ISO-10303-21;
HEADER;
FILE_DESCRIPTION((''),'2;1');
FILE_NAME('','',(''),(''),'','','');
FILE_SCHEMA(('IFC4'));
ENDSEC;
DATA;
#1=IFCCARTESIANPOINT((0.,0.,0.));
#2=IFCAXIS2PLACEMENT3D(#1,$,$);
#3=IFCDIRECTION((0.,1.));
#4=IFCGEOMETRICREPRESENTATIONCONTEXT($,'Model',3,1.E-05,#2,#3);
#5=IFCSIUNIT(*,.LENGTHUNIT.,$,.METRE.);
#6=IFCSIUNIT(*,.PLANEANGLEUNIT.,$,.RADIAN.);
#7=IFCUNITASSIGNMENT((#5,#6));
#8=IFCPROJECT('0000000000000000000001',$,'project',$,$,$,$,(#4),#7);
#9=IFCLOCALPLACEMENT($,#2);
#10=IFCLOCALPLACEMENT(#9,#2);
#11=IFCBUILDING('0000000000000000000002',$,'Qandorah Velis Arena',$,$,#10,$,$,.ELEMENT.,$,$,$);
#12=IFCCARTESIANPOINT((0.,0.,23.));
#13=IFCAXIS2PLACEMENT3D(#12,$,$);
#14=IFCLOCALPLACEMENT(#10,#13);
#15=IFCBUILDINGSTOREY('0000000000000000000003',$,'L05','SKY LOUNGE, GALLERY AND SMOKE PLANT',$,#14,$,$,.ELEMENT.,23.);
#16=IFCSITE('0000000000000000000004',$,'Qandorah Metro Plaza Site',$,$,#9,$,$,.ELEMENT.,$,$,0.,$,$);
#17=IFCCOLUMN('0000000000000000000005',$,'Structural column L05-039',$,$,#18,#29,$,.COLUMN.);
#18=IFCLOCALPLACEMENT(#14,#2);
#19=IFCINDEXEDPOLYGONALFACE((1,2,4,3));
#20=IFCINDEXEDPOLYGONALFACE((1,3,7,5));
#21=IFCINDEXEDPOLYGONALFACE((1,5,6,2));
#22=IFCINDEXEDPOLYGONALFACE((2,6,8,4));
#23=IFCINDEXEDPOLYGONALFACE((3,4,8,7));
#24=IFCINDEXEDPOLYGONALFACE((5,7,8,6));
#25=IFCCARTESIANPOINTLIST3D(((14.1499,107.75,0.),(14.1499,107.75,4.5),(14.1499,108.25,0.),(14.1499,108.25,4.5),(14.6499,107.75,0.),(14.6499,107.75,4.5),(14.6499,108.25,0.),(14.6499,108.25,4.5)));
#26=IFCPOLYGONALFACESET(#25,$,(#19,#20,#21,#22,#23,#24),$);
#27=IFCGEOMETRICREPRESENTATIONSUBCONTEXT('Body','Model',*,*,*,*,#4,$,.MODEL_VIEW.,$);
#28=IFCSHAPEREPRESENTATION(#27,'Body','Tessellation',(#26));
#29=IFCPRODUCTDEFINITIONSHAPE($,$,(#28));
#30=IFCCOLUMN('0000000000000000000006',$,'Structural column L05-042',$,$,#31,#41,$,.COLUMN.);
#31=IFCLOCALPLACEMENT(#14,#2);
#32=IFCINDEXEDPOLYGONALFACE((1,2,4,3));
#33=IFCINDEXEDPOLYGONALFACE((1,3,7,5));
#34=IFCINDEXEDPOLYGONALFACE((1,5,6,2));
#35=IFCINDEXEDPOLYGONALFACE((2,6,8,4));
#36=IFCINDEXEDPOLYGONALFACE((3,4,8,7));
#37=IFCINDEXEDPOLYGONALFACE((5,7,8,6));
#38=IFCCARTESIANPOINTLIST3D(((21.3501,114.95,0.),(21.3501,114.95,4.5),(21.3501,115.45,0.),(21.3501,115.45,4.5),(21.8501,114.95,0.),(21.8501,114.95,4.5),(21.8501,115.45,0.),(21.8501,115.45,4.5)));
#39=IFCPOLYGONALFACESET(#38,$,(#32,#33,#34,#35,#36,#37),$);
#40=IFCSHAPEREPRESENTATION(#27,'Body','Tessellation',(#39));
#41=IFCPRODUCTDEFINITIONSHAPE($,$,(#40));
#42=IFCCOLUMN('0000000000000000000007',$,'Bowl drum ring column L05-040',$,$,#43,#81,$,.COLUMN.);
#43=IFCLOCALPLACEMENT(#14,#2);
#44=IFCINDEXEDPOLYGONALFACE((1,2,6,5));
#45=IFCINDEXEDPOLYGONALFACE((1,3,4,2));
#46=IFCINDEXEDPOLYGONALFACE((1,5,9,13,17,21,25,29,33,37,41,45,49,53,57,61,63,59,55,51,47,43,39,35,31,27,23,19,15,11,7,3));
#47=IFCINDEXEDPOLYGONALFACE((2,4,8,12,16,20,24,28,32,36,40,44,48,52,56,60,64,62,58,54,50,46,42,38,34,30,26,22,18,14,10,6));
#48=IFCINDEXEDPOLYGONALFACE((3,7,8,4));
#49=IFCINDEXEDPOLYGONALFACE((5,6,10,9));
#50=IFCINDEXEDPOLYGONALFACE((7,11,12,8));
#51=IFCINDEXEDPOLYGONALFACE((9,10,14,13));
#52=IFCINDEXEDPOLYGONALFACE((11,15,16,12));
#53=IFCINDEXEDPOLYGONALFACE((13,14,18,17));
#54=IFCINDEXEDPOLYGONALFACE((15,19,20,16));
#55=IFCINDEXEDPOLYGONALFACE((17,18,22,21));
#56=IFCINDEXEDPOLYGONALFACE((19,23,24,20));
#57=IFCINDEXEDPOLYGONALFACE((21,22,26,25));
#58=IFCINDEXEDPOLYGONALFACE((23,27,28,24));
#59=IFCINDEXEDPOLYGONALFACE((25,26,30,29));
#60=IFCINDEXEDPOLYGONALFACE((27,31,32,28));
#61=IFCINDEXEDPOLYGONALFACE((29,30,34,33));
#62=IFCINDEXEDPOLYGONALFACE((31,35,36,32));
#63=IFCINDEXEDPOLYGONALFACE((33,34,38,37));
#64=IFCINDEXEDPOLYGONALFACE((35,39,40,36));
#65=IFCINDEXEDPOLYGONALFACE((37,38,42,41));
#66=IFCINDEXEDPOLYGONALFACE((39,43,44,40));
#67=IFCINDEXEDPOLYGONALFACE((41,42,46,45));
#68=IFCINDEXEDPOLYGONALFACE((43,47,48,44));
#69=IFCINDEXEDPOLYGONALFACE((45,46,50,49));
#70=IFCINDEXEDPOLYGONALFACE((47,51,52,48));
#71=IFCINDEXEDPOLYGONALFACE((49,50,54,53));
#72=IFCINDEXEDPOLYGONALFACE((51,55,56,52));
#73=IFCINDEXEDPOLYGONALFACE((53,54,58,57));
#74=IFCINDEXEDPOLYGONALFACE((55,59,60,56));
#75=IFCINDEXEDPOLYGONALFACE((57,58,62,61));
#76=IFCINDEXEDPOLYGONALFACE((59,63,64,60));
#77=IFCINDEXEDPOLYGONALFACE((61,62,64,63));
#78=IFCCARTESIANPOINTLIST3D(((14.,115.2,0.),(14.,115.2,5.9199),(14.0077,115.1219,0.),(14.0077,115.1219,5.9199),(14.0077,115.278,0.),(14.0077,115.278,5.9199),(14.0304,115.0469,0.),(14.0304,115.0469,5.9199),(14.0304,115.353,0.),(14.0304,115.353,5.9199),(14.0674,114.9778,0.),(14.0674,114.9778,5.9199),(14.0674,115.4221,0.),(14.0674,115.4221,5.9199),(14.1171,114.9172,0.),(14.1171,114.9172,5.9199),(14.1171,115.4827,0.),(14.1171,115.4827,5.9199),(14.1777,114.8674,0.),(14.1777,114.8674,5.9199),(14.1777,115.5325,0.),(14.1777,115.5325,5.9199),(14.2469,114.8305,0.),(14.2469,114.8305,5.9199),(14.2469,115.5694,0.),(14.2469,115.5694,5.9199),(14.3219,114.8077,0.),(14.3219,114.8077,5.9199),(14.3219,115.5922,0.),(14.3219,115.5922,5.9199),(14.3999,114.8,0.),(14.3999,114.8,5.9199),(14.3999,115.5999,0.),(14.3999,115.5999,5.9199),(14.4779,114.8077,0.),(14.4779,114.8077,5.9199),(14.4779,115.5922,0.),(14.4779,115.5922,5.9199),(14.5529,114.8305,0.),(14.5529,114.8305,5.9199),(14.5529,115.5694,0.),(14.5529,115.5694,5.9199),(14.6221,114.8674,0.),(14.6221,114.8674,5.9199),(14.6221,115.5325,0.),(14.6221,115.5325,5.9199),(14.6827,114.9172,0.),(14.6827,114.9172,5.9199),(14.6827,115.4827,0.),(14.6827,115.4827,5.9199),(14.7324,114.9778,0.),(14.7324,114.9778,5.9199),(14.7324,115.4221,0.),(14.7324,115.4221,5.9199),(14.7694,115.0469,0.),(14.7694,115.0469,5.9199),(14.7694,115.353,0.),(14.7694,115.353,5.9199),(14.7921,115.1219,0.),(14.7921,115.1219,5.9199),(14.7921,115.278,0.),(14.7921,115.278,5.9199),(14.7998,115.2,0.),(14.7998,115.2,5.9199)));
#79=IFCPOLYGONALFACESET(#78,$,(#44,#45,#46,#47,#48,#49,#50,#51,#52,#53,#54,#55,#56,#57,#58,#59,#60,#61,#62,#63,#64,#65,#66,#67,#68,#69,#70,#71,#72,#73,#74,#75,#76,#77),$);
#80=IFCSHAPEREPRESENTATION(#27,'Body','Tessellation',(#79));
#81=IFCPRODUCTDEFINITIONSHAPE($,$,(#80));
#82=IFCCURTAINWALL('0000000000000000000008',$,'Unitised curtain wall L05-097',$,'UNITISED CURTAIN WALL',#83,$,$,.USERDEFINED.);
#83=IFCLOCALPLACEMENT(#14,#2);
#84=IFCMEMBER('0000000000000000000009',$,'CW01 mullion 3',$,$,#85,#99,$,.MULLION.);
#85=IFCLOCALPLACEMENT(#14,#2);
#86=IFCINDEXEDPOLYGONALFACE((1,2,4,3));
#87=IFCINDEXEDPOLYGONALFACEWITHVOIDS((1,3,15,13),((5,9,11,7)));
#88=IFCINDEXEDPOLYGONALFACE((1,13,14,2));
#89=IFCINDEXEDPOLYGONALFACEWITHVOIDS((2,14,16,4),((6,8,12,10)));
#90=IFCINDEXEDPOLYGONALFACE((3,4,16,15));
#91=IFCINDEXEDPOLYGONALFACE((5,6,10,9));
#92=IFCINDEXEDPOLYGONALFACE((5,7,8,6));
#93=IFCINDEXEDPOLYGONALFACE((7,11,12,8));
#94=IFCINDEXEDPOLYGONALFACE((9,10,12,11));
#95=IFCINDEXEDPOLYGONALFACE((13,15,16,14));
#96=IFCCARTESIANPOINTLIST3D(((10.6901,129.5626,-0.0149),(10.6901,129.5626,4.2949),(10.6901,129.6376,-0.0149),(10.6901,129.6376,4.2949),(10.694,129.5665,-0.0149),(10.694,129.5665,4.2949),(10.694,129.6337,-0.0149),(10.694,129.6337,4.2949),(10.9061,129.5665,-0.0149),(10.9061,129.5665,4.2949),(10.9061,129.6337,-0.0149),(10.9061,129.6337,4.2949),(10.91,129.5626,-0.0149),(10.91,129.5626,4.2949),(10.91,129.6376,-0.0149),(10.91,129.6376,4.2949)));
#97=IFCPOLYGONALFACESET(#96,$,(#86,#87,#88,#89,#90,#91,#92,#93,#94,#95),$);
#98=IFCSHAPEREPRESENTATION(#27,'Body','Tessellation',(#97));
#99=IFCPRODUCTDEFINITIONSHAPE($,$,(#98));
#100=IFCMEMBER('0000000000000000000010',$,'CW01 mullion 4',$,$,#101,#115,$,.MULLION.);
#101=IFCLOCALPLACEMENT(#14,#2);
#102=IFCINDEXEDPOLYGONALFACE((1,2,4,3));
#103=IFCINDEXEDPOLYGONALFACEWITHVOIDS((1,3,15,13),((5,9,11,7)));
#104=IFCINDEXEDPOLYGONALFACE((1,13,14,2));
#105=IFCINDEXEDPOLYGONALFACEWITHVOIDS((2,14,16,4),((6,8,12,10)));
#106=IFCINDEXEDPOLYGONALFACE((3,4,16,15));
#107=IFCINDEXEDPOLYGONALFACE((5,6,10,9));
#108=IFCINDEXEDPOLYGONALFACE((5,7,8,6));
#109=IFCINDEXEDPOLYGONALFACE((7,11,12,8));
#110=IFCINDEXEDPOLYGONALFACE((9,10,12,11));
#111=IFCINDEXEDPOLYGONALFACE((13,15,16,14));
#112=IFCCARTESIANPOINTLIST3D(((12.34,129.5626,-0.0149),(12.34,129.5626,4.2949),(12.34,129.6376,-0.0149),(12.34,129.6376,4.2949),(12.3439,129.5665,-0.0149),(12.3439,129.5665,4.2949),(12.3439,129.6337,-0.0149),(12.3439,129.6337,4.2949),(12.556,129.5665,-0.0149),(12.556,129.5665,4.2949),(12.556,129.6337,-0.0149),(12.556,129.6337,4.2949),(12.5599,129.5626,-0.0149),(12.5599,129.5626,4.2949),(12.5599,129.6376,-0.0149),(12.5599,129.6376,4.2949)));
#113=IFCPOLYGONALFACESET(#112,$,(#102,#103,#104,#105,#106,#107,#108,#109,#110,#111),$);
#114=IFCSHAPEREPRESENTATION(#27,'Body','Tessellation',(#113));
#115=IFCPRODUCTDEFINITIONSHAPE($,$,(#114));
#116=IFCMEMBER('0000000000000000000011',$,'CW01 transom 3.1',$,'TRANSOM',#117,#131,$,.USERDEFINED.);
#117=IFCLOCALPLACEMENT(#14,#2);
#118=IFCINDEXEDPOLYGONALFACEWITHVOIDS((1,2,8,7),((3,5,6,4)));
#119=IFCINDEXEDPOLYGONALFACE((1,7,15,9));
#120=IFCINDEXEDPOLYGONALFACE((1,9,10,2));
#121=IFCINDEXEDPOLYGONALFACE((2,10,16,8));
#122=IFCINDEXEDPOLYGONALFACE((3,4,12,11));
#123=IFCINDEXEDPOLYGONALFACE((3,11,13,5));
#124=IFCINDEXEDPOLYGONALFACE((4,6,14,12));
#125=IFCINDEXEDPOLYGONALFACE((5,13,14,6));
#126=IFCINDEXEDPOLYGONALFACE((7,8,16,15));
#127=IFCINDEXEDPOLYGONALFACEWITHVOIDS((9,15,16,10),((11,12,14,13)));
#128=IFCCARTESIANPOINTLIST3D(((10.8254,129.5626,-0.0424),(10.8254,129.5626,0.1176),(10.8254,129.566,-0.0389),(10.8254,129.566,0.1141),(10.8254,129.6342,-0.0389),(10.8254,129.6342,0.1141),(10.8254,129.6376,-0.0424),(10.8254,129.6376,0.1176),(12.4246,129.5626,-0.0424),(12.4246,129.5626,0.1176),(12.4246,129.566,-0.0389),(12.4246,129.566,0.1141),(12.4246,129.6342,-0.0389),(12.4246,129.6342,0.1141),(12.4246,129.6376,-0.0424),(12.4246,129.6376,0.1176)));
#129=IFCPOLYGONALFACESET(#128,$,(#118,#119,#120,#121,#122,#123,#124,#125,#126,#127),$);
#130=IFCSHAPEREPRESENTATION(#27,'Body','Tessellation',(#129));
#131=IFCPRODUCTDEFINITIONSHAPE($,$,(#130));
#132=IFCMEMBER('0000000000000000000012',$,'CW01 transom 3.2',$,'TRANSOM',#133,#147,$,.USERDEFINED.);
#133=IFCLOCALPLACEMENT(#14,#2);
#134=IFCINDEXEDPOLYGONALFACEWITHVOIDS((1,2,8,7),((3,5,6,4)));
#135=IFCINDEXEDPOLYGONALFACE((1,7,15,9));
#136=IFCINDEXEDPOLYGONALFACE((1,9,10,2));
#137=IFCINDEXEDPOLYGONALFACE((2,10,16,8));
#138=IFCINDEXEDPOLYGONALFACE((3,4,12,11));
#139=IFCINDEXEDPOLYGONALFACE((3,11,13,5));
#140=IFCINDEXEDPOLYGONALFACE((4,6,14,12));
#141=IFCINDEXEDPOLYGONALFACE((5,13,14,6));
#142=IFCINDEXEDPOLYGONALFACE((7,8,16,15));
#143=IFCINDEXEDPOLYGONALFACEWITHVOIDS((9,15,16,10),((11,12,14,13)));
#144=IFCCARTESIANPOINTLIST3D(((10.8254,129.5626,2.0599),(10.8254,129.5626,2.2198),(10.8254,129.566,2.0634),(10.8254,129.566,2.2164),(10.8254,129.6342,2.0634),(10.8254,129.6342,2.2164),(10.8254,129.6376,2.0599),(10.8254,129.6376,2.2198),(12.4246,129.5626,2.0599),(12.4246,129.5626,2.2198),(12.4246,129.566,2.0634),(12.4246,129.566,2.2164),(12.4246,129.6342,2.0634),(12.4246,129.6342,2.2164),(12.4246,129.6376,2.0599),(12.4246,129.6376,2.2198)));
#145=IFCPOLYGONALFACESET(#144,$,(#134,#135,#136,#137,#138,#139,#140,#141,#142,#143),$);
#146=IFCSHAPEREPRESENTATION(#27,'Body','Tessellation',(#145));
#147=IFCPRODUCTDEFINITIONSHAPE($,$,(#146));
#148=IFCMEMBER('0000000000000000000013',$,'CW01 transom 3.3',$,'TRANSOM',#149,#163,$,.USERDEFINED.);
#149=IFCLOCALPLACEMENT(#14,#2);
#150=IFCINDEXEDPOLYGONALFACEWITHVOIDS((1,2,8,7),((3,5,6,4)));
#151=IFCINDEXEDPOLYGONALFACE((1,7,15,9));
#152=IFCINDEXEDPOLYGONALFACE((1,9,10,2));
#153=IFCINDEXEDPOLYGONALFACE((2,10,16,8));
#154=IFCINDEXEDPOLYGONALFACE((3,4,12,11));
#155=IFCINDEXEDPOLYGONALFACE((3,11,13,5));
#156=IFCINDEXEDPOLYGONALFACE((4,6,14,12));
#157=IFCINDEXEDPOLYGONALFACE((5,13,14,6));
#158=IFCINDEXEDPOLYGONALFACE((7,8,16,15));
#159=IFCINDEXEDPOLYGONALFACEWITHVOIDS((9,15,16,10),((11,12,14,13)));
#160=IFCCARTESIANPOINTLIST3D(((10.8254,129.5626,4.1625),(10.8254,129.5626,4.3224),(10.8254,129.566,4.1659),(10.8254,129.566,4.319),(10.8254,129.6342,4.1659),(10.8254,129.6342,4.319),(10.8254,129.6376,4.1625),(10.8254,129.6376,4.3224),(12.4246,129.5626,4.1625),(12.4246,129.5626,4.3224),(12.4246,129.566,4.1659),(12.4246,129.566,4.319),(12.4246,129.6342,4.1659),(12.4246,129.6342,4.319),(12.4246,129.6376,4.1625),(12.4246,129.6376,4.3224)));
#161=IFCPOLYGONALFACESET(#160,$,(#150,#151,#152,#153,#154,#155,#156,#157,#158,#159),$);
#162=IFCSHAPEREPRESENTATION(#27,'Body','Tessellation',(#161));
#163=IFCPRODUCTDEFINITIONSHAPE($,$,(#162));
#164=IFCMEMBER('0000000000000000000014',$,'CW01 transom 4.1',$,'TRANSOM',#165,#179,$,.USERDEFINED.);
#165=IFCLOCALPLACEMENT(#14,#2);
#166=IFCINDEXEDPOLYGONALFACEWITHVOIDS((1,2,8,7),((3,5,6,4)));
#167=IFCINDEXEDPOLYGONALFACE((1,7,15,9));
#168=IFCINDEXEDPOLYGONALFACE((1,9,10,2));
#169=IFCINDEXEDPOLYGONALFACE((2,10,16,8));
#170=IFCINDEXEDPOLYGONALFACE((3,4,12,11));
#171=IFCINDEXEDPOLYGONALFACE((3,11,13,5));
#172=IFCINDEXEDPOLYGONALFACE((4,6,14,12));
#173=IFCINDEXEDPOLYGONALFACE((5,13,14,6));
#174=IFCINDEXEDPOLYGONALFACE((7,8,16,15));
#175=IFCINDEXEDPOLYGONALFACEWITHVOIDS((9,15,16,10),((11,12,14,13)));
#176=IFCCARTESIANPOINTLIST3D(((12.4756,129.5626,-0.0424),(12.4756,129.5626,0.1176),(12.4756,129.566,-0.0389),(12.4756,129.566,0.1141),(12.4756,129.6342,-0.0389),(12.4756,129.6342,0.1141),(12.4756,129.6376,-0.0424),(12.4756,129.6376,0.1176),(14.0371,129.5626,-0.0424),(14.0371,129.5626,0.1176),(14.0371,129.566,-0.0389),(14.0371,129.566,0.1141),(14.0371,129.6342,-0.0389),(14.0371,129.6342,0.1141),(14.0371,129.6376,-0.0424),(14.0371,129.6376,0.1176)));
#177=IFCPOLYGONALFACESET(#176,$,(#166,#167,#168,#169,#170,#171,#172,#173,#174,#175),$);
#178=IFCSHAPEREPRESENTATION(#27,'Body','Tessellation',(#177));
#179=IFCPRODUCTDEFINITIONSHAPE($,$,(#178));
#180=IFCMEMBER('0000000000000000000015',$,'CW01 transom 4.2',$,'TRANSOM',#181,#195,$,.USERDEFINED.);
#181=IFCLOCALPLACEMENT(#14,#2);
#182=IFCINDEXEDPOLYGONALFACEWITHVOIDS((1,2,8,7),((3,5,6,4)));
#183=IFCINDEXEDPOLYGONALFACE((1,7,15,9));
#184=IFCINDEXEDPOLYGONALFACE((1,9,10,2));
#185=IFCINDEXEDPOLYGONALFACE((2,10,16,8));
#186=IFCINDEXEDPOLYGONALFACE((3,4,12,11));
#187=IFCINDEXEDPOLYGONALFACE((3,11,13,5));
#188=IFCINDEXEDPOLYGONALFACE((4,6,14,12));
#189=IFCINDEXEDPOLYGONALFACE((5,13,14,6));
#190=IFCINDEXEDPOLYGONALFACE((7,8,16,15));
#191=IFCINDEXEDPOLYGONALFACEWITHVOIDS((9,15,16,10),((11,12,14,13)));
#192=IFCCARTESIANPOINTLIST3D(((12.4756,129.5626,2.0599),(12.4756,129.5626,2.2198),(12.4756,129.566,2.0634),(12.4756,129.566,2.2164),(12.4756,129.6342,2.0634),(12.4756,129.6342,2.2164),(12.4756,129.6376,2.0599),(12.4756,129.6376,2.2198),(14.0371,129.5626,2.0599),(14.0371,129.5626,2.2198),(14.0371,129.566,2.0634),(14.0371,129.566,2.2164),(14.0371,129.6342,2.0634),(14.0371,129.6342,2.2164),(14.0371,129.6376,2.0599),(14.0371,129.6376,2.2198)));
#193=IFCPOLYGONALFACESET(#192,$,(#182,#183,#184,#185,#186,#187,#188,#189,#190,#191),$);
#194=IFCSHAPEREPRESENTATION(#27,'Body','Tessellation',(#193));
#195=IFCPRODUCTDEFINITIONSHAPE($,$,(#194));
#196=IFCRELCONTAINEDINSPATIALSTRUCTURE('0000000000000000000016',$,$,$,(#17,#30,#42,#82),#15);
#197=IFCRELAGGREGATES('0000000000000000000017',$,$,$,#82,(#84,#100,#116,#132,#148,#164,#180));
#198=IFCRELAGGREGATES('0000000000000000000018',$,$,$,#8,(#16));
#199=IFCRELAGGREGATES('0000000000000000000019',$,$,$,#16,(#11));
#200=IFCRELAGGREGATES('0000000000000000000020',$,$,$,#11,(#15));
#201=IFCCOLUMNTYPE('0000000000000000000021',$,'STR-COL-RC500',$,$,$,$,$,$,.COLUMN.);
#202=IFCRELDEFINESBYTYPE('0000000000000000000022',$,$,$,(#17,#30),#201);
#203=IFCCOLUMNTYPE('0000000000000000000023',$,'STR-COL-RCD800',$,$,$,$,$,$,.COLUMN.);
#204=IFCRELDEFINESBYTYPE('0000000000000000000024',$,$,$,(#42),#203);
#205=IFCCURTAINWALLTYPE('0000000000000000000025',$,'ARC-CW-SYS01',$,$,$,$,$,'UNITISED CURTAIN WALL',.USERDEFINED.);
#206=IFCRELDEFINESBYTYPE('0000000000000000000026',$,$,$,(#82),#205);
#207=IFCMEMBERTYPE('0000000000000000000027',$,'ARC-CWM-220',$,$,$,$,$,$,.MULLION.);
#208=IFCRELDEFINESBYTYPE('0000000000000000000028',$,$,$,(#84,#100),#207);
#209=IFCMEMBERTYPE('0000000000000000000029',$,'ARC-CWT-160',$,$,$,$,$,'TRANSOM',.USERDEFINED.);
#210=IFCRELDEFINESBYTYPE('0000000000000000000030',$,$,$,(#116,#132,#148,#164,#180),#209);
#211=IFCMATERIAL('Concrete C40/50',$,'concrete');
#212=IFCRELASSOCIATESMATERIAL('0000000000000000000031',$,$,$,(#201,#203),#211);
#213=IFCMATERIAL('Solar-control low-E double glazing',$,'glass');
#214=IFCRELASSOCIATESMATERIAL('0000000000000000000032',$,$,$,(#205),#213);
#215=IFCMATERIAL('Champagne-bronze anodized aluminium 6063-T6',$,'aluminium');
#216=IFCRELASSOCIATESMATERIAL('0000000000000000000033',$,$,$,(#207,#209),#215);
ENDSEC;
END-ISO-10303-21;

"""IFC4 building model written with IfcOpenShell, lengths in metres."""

from ifc_helpers import new_model, si_unit, direction, frame, origin, origin_2d, place, context, subcontext, project, spatial, rectangle, hollow_rectangle, circle, extrude, material, material_profile, profile_set, type_object, element, aggregate, save


model = new_model("IFC4")

# Units and contexts
model_context = context("Model", 3, precision=1e-05, world=origin(), true_north=direction((0.0, 1.0)))
body_context = subcontext(model_context, "Body", "Model", "MODEL_VIEW")
ifc_project = project(units=[si_unit("LENGTHUNIT", "METRE"), si_unit("PLANEANGLEUNIT", "RADIAN")], contexts=[model_context])

# Site, building, storey
site_placement = place(None, origin())
site = spatial("IfcSite", under=ifc_project, at=site_placement, Name="Qandorah Metro Plaza Site", CompositionType="ELEMENT", RefElevation=0.0)
building_placement = place(site_placement, origin())
building = spatial("IfcBuilding", under=site, at=building_placement, Name="Qandorah Velis Arena", CompositionType="ELEMENT")
storey_placement = place(building_placement, frame((0.0, 0.0, 23.0)))
storey = spatial("IfcBuildingStorey", under=building, at=storey_placement, Name="L05", Description="SKY LOUNGE, GALLERY AND SMOKE PLANT", CompositionType="ELEMENT", Elevation=23.0)

# Columns
ifc_material_1 = material(Name="Concrete C40/50", Category="concrete")
ifc_material_profile_1 = material_profile(ifc_material_1, rectangle(XDim=0.5, YDim=0.5, at=origin_2d()), Name="RC COL 500x500")
ifc_profile_set_1 = profile_set([ifc_material_profile_1], Name="Concrete C40/50")
column_type_1 = type_object("IfcColumnType", Name="STR-COL-RC500", PredefinedType="COLUMN", material=ifc_profile_set_1)
for number, where, z_axis, x_axis, name in (
    (1, (14.3999, 108.0, 0.0), (0.0, 0.0, 1.0), (1.0, 0.0, 0.0), "Structural column L05-039"),
    (2, (21.6001, 115.2, 0.0), (0.0, 0.0, 1.0), (1.0, 0.0, 0.0), "Structural column L05-042"),
):
    element("IfcColumn", number, at=place(storey_placement, frame(where, z_axis=z_axis, x_axis=x_axis)), inside=storey, type_object=column_type_1, Name=name, PredefinedType="COLUMN", context=body_context, shape_type="SweptSolid", body=[
        extrude(rectangle(XDim=0.5, YDim=0.5, at=origin_2d()), origin(), (0.0, 0.0, 1.0), 4.5),
    ])
ifc_material_profile_2 = material_profile(ifc_material_1, circle(Radius=0.3999, at=origin_2d()), Name="RC D800")
ifc_profile_set_2 = profile_set([ifc_material_profile_2], Name="Concrete C40/50")
column_type_2 = type_object("IfcColumnType", Name="STR-COL-RCD800", PredefinedType="COLUMN", material=ifc_profile_set_2)
column_placement = place(storey_placement, frame((14.3999, 115.2, 0.0), z_axis=(0.0, 0.0, 1.0), x_axis=(1.0, 0.0, 0.0)))
element("IfcColumn", 3, at=column_placement, inside=storey, type_object=column_type_2, Name="Bowl drum ring column L05-040", PredefinedType="COLUMN", context=body_context, shape_type="SweptSolid", body=[
    extrude(circle(Radius=0.3999, at=origin_2d()), origin(), (0.0, 0.0, 1.0), 5.9199),
])

# Curtain wall, members
ifc_material_2 = material(Name="Solar-control low-E double glazing", Category="glass")
curtain_wall_type = type_object("IfcCurtainWallType", Name="ARC-CW-SYS01", ElementType="UNITISED CURTAIN WALL", PredefinedType="USERDEFINED", material=ifc_material_2)
curtain_wall_placement = place(storey_placement, origin())
curtain_wall = element("IfcCurtainWall", 4, at=curtain_wall_placement, inside=storey, type_object=curtain_wall_type, Name="Unitised curtain wall L05-097", ObjectType="UNITISED CURTAIN WALL", PredefinedType="USERDEFINED")
ifc_material_3 = material(Name="Champagne-bronze anodized aluminium 6063-T6", Category="aluminium")
ifc_material_profile_3 = material_profile(ifc_material_3, hollow_rectangle(XDim=0.075, YDim=0.22, WallThickness=0.0039, at=origin_2d()), Name="ALU MULLION 75x220")
ifc_profile_set_3 = profile_set([ifc_material_profile_3], Name="Champagne-bronze anodized aluminium 6063-T6")
member_type_1 = type_object("IfcMemberType", Name="ARC-CWM-220", PredefinedType="MULLION", material=ifc_profile_set_3)
member_1_placement = place(storey_placement, frame((10.8, 129.6001, -0.0149), z_axis=(0.0, 0.0, 1.0), x_axis=(0.0, 1.0, 0.0)))
member_1 = element("IfcMember", 5, at=member_1_placement, type_object=member_type_1, Name="CW01 mullion 3", PredefinedType="MULLION", context=body_context, shape_type="SweptSolid", body=[
    extrude(hollow_rectangle(XDim=0.075, YDim=0.22, WallThickness=0.0039, at=origin_2d()), origin(), (0.0, 0.0, 1.0), 4.3098),
])
member_2_placement = place(storey_placement, frame((12.45, 129.6001, -0.0149), z_axis=(0.0, 0.0, 1.0), x_axis=(0.0, 1.0, 0.0)))
member_2 = element("IfcMember", 6, at=member_2_placement, type_object=member_type_1, Name="CW01 mullion 4", PredefinedType="MULLION", context=body_context, shape_type="SweptSolid", body=[
    extrude(hollow_rectangle(XDim=0.075, YDim=0.22, WallThickness=0.0039, at=origin_2d()), origin(), (0.0, 0.0, 1.0), 4.3098),
])
ifc_material_profile_4 = material_profile(ifc_material_3, hollow_rectangle(XDim=0.075, YDim=0.1599, WallThickness=0.0034, at=origin_2d()), Name="ALU TRANSOM 75x160")
ifc_profile_set_4 = profile_set([ifc_material_profile_4], Name="Champagne-bronze anodized aluminium 6063-T6")
member_type_2 = type_object("IfcMemberType", Name="ARC-CWT-160", ElementType="TRANSOM", PredefinedType="USERDEFINED", material=ifc_profile_set_4)
member_3_placement = place(storey_placement, frame((10.8254, 129.6001, 0.0376), z_axis=(1.0, 0.0, 0.0), x_axis=(0.0, 1.0, 0.0)))
member_3 = element("IfcMember", 7, at=member_3_placement, type_object=member_type_2, Name="CW01 transom 3.1", ObjectType="TRANSOM", PredefinedType="USERDEFINED", context=body_context, shape_type="SweptSolid", body=[
    extrude(hollow_rectangle(XDim=0.075, YDim=0.1599, WallThickness=0.0034, at=origin_2d()), origin(), (0.0, 0.0, 1.0), 1.5991),
])
member_4_placement = place(storey_placement, frame((10.8254, 129.6001, 2.1399), z_axis=(1.0, 0.0, 0.0), x_axis=(0.0, 1.0, 0.0)))
member_4 = element("IfcMember", 8, at=member_4_placement, type_object=member_type_2, Name="CW01 transom 3.2", ObjectType="TRANSOM", PredefinedType="USERDEFINED", context=body_context, shape_type="SweptSolid", body=[
    extrude(hollow_rectangle(XDim=0.075, YDim=0.1599, WallThickness=0.0034, at=origin_2d()), origin(), (0.0, 0.0, 1.0), 1.5991),
])
member_5_placement = place(storey_placement, frame((10.8254, 129.6001, 4.2424), z_axis=(1.0, 0.0, 0.0), x_axis=(0.0, 1.0, 0.0)))
member_5 = element("IfcMember", 9, at=member_5_placement, type_object=member_type_2, Name="CW01 transom 3.3", ObjectType="TRANSOM", PredefinedType="USERDEFINED", context=body_context, shape_type="SweptSolid", body=[
    extrude(hollow_rectangle(XDim=0.075, YDim=0.1599, WallThickness=0.0034, at=origin_2d()), origin(), (0.0, 0.0, 1.0), 1.5991),
])
member_6_placement = place(storey_placement, frame((12.4756, 129.6001, 0.0376), z_axis=(1.0, 0.0, 0.0), x_axis=(0.0, 1.0, 0.0)))
member_6 = element("IfcMember", 10, at=member_6_placement, type_object=member_type_2, Name="CW01 transom 4.1", ObjectType="TRANSOM", PredefinedType="USERDEFINED", context=body_context, shape_type="SweptSolid", body=[
    extrude(hollow_rectangle(XDim=0.075, YDim=0.1599, WallThickness=0.0034, at=origin_2d()), origin(), (0.0, 0.0, 1.0), 1.5615),
])
member_7_placement = place(storey_placement, frame((12.4756, 129.6001, 2.1399), z_axis=(1.0, 0.0, 0.0), x_axis=(0.0, 1.0, 0.0)))
member_7 = element("IfcMember", 11, at=member_7_placement, type_object=member_type_2, Name="CW01 transom 4.2", ObjectType="TRANSOM", PredefinedType="USERDEFINED", context=body_context, shape_type="SweptSolid", body=[
    extrude(hollow_rectangle(XDim=0.075, YDim=0.1599, WallThickness=0.0034, at=origin_2d()), origin(), (0.0, 0.0, 1.0), 1.5615),
])

aggregate(curtain_wall, [member_1, member_2, member_3, member_4, member_5, member_6, member_7])

save(model, "model.ifc")
